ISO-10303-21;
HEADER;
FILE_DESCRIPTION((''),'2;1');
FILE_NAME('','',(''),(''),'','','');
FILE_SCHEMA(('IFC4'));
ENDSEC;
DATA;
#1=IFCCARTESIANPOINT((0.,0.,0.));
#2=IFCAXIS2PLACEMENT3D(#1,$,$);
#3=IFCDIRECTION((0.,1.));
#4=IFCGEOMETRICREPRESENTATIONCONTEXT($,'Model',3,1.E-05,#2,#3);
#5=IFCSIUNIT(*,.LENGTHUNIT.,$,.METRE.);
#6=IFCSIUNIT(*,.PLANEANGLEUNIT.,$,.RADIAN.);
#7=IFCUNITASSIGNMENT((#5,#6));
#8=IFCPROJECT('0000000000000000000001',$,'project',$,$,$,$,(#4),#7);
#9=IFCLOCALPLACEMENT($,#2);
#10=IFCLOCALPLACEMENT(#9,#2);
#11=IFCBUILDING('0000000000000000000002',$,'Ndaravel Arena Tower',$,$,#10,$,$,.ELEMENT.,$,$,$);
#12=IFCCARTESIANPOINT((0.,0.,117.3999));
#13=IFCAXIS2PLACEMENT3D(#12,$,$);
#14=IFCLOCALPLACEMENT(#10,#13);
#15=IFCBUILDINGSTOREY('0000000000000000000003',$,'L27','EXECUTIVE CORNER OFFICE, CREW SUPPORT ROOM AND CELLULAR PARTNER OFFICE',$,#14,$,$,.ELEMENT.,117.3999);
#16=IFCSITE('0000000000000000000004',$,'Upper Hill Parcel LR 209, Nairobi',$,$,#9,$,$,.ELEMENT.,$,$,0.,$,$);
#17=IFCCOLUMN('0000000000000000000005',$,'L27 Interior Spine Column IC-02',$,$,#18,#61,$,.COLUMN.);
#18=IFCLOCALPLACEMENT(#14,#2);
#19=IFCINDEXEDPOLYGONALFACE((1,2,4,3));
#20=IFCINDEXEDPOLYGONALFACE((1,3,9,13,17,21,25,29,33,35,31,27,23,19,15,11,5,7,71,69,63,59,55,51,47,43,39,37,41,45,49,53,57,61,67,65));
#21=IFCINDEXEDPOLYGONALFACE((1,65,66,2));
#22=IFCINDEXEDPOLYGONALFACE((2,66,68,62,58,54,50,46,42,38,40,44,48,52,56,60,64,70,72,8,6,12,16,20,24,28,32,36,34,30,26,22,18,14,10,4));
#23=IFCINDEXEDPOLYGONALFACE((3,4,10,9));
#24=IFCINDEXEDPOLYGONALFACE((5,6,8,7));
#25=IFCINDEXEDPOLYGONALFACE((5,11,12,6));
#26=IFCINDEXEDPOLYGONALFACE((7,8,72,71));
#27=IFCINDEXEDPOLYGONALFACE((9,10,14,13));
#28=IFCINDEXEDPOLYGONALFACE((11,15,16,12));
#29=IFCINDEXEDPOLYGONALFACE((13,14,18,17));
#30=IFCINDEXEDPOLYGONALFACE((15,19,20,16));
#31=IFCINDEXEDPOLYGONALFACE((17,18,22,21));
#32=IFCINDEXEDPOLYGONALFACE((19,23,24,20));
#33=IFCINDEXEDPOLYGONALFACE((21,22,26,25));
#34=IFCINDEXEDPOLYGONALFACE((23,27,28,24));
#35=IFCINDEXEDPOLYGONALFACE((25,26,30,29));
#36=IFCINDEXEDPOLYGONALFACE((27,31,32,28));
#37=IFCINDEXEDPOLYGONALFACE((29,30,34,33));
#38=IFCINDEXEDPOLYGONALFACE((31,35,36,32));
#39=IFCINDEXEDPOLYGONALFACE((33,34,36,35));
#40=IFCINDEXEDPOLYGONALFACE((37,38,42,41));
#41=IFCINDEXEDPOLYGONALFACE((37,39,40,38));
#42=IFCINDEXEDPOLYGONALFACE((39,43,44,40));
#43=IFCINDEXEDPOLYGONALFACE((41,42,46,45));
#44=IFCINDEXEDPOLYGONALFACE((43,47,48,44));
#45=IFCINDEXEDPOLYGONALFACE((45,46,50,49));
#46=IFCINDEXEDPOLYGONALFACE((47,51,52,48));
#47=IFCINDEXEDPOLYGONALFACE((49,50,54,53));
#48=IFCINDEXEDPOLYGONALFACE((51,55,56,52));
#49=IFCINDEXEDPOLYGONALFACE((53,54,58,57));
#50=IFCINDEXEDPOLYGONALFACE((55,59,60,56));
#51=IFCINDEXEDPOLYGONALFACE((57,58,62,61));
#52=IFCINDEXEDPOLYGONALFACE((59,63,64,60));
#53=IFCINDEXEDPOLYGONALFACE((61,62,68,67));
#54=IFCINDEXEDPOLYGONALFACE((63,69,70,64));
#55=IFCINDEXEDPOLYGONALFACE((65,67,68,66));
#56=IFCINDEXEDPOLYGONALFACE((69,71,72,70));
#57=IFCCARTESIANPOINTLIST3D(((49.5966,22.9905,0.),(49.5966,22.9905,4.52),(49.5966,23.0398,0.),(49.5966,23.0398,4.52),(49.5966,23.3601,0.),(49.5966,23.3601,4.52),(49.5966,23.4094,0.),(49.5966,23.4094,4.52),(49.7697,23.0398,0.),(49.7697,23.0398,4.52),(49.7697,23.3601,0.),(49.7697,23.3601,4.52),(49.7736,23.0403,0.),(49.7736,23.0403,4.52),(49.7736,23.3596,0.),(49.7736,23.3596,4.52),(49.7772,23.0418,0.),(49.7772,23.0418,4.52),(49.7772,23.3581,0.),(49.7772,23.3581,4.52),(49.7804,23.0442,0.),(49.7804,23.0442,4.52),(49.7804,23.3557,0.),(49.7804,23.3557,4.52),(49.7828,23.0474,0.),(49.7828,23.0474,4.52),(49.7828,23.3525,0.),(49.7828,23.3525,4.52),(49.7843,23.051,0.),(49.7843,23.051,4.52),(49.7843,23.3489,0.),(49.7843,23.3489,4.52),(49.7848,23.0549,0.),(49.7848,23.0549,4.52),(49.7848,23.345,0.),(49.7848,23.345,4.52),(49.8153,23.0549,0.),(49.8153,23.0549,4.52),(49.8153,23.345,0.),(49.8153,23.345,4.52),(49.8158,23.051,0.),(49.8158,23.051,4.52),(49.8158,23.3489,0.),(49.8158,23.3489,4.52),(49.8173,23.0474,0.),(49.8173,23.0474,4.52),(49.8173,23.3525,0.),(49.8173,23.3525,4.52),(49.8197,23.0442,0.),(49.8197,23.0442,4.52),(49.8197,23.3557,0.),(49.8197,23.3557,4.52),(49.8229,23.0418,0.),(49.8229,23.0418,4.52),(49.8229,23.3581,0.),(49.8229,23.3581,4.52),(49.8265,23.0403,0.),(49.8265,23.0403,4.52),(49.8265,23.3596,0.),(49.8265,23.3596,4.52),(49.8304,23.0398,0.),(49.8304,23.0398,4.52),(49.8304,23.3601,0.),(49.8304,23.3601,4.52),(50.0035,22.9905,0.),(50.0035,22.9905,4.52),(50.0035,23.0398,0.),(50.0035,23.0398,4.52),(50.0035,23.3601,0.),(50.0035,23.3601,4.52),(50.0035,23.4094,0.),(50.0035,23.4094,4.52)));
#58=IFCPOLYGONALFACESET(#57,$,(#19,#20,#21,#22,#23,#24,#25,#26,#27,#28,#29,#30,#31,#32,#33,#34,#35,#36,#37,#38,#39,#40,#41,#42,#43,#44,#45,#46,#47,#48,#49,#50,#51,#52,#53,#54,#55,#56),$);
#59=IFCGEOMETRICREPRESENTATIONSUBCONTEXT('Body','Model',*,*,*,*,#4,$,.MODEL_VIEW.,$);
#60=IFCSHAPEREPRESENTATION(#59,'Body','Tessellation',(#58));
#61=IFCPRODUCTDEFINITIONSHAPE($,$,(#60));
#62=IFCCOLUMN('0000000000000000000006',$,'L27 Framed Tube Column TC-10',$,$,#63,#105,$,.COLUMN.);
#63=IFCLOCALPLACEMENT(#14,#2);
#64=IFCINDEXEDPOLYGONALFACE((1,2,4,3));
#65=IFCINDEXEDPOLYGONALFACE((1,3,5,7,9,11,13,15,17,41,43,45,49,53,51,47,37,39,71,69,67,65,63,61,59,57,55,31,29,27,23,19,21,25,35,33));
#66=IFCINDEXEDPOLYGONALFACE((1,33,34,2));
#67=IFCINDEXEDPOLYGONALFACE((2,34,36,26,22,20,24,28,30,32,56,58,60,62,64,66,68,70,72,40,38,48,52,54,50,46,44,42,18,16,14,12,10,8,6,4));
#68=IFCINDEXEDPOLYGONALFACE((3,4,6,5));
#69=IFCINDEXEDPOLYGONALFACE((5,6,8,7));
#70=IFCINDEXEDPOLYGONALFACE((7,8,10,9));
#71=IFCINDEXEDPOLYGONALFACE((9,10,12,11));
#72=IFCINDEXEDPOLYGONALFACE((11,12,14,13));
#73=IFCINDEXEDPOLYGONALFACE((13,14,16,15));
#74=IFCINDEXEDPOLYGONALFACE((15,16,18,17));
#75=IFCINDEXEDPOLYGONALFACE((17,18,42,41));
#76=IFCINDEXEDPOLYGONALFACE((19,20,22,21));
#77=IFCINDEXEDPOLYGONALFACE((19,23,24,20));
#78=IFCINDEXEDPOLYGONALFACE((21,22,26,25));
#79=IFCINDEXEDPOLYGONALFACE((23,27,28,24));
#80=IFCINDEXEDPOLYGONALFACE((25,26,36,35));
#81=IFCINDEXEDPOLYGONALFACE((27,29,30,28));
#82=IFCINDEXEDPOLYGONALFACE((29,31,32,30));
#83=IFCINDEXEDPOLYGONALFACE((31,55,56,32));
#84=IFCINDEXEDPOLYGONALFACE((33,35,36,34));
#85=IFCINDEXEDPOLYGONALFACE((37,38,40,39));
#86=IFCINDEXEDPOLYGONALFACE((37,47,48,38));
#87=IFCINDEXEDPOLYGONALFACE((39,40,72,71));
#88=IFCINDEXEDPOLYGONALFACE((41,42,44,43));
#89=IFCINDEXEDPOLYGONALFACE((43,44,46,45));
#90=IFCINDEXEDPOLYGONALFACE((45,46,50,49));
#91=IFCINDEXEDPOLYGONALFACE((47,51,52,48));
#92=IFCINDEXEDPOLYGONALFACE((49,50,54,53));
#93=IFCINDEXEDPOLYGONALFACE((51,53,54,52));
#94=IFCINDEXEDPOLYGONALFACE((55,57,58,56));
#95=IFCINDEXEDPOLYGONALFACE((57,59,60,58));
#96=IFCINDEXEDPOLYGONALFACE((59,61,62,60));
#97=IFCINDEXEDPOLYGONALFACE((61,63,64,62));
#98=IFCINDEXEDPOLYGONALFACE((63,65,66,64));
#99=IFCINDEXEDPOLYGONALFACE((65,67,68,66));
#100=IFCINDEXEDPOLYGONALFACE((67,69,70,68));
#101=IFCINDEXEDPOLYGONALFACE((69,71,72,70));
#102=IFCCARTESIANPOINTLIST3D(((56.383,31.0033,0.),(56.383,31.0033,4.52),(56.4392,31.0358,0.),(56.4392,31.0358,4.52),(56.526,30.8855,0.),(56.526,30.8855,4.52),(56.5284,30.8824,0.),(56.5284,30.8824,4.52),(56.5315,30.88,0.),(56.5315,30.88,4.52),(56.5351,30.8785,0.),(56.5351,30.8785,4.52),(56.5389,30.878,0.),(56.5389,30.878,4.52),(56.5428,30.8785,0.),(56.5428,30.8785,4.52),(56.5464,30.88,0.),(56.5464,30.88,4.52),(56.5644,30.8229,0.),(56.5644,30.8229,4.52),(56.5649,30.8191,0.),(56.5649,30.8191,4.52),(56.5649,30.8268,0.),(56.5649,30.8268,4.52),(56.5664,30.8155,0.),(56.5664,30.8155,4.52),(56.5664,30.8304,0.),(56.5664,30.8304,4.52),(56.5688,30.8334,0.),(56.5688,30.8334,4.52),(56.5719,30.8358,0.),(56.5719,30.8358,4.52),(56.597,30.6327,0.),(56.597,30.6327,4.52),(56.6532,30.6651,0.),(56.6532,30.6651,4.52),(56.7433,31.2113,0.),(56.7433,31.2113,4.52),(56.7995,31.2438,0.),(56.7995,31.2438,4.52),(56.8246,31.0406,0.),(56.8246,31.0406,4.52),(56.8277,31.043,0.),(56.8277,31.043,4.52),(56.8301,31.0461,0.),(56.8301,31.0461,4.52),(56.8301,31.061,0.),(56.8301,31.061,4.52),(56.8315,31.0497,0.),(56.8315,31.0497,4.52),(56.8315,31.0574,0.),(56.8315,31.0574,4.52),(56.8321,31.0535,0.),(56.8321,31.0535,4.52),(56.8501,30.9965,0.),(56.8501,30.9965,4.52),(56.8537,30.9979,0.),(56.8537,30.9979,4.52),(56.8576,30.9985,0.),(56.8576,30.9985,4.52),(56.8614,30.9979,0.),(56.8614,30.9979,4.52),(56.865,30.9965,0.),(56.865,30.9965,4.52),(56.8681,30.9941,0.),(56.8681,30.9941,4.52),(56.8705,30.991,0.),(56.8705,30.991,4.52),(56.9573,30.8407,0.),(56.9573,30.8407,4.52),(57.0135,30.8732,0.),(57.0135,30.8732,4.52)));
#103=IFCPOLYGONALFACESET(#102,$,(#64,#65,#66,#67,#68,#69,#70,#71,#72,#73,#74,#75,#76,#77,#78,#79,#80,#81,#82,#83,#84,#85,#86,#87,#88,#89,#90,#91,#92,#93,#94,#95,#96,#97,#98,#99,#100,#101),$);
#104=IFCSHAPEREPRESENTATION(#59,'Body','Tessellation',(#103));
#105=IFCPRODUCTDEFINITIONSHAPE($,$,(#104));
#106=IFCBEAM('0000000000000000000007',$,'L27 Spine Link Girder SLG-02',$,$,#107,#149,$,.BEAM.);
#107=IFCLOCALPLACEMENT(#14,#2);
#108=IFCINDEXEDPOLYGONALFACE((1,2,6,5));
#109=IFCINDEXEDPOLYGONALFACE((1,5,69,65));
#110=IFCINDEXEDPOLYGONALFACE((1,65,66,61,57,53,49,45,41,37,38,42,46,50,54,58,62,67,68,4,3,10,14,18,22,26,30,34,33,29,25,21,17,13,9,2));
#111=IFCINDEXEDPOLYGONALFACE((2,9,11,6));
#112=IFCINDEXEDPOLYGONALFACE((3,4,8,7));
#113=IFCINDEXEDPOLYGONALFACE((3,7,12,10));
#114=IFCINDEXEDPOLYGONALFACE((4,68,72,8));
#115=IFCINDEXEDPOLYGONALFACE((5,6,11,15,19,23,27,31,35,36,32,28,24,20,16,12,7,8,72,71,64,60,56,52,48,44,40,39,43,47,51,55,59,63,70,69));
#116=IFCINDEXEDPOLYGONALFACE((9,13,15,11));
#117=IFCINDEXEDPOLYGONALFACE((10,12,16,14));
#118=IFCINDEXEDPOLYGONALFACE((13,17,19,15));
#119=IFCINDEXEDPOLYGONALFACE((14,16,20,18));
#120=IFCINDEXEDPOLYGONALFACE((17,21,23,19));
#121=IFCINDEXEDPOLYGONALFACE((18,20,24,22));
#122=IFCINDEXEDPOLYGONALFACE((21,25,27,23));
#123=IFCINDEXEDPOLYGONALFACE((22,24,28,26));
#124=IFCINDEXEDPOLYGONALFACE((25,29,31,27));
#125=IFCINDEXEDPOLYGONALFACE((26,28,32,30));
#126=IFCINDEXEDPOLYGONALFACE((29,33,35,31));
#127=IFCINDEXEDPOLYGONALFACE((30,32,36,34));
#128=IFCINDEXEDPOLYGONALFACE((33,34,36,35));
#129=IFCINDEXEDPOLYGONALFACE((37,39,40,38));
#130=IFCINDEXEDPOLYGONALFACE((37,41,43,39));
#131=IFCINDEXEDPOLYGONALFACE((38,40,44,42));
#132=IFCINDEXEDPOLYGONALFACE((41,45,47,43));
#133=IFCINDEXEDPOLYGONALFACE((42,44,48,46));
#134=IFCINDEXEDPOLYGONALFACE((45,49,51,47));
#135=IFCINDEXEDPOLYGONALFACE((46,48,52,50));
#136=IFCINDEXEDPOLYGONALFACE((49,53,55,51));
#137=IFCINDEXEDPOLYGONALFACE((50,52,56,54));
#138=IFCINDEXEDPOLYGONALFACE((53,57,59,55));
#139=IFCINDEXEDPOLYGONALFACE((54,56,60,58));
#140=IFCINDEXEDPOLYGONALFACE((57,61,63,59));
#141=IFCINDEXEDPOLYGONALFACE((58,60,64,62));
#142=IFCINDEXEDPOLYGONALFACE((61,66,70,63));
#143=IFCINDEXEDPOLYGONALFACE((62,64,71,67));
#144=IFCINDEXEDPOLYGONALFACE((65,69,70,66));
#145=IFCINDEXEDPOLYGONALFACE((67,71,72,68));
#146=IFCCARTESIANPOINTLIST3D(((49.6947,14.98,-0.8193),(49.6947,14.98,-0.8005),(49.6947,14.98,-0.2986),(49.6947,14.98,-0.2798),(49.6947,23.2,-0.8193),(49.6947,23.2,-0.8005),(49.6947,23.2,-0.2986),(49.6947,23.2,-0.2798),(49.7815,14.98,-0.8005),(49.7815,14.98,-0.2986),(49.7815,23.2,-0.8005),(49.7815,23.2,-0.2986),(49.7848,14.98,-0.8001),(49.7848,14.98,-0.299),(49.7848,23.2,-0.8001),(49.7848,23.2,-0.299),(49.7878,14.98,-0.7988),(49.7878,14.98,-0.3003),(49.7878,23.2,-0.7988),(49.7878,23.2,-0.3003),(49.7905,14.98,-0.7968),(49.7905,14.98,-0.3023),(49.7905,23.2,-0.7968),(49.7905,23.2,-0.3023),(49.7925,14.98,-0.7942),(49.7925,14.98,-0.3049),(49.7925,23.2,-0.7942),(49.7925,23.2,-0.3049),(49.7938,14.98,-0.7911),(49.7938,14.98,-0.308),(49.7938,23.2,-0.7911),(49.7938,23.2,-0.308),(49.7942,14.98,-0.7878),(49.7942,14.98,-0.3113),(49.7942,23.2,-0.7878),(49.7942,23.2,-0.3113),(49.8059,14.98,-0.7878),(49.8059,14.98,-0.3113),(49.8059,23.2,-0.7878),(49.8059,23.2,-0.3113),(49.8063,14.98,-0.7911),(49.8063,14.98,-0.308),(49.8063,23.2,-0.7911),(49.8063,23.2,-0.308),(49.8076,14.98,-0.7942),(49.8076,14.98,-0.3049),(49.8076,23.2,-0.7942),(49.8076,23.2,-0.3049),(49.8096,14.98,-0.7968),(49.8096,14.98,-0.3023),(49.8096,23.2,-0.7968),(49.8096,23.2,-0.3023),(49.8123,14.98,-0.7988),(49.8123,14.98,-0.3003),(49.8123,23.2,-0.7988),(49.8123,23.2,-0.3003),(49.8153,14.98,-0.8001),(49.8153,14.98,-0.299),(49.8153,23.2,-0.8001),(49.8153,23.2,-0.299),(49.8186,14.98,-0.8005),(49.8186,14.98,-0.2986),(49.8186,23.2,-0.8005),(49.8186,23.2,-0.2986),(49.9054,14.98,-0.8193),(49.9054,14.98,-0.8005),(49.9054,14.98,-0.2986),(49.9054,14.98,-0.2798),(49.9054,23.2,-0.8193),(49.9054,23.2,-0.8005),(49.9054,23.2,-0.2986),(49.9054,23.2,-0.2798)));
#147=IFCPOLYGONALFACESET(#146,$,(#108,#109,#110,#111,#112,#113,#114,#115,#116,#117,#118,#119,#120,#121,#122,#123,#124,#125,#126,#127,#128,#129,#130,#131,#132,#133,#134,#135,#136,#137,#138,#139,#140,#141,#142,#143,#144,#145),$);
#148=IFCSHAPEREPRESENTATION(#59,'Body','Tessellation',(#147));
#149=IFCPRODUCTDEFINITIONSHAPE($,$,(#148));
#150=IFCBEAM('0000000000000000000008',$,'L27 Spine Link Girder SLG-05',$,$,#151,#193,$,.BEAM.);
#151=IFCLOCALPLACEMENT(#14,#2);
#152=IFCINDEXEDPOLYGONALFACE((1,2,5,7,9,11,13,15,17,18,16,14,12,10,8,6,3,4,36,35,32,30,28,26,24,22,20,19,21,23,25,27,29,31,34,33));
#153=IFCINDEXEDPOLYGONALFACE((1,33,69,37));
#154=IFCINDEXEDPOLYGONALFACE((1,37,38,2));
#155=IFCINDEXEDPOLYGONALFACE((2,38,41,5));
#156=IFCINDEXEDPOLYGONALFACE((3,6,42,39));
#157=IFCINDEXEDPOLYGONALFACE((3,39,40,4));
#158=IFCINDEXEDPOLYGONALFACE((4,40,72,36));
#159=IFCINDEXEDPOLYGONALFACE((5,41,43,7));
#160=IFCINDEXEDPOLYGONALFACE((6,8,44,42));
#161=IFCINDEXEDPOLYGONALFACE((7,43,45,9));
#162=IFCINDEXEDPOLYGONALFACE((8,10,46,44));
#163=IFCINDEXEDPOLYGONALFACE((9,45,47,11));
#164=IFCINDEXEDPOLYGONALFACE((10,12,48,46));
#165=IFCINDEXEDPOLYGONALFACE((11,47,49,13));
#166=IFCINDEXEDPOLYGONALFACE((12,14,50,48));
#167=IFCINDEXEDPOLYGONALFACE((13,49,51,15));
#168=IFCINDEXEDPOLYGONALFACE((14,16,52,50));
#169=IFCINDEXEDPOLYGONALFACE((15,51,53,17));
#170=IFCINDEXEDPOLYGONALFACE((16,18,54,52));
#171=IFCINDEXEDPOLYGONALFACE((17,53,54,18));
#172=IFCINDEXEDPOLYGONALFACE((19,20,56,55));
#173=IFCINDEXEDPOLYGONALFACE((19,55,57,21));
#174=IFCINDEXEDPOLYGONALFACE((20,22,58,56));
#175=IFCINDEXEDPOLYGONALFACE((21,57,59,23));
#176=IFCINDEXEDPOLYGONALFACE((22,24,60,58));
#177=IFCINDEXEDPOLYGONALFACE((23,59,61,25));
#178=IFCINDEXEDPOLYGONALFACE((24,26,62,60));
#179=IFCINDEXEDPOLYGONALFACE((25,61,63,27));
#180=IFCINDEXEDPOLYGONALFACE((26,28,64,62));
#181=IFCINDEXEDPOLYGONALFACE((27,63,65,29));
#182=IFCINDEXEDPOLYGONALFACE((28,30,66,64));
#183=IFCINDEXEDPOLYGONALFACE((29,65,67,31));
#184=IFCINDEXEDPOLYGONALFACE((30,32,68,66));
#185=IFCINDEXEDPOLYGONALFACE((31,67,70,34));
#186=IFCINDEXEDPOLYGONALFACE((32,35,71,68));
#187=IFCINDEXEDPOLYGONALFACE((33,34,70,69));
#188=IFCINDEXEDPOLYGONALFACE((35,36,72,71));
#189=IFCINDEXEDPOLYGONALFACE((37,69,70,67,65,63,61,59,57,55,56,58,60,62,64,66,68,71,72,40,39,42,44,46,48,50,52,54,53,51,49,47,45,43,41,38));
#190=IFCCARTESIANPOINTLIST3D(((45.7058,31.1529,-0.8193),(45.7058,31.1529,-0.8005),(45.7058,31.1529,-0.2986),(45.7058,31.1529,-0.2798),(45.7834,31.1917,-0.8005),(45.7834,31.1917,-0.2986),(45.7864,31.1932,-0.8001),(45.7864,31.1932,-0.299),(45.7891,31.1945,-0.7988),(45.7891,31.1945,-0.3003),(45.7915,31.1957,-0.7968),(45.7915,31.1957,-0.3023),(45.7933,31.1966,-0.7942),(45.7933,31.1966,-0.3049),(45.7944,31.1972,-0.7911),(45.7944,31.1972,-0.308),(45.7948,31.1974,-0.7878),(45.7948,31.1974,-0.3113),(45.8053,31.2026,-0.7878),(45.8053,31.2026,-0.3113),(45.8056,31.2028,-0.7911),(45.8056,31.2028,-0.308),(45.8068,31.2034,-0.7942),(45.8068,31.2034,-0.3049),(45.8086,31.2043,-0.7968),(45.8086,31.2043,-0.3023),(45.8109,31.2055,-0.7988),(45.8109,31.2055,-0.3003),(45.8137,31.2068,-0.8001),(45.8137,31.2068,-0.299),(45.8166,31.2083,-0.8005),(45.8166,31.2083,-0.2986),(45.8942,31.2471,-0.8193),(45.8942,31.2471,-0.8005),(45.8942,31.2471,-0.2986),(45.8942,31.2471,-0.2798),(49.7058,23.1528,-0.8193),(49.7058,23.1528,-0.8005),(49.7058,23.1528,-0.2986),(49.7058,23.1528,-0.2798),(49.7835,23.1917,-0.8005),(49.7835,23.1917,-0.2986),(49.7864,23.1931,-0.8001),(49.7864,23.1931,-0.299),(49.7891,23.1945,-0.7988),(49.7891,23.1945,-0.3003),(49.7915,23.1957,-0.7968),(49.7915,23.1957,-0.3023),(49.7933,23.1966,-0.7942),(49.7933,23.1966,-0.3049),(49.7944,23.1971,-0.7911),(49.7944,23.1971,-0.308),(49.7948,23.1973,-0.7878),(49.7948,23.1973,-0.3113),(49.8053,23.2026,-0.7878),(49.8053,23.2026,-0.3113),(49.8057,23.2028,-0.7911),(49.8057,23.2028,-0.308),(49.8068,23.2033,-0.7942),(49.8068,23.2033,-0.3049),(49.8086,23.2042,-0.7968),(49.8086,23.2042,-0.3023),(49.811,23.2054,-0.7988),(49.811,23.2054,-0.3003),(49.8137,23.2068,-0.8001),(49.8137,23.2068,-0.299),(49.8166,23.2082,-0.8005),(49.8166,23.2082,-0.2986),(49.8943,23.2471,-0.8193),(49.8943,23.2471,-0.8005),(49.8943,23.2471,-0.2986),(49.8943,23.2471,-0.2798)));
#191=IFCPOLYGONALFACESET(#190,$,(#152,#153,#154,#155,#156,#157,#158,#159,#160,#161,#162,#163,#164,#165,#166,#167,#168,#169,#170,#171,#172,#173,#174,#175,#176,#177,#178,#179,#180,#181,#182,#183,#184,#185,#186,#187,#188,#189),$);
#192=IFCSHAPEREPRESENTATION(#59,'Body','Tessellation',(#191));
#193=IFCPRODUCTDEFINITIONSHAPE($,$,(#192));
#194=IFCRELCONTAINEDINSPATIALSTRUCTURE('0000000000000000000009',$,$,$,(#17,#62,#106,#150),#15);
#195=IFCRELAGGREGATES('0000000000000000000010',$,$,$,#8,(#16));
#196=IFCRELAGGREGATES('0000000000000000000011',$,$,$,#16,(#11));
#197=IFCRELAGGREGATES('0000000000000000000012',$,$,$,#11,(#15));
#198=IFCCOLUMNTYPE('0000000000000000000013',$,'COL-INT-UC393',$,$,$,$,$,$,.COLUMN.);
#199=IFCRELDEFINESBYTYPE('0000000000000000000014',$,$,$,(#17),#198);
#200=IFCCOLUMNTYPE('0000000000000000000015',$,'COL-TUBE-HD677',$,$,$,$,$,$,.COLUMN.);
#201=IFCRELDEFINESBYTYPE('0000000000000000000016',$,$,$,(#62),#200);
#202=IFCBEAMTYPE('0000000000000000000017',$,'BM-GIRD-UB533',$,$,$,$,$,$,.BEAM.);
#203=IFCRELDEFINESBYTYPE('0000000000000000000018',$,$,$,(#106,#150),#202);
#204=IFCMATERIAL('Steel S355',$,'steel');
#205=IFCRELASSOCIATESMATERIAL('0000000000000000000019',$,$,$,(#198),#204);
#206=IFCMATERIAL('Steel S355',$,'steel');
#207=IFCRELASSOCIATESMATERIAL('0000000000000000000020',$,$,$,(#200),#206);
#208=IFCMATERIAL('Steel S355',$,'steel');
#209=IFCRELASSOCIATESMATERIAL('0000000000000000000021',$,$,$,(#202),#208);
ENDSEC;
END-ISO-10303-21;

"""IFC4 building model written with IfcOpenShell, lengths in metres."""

from ifc_helpers import new_model, si_unit, direction, frame, origin, origin_2d, place, context, subcontext, project, spatial, i_section, extrude, material, material_profile, profile_set, type_object, element, save


model = new_model("IFC4")

# Units and contexts
model_context = context("Model", 3, precision=1e-05, world=origin(), true_north=direction((0.0, 1.0)))
body_context = subcontext(model_context, "Body", "Model", "MODEL_VIEW")
ifc_project = project(units=[si_unit("LENGTHUNIT", "METRE"), si_unit("PLANEANGLEUNIT", "RADIAN")], contexts=[model_context])

# Site, building, storey
site_placement = place(None, origin())
site = spatial("IfcSite", under=ifc_project, at=site_placement, Name="Upper Hill Parcel LR 209, Nairobi", CompositionType="ELEMENT", RefElevation=0.0)
building_placement = place(site_placement, origin())
building = spatial("IfcBuilding", under=site, at=building_placement, Name="Ndaravel Arena Tower", CompositionType="ELEMENT")
storey_placement = place(building_placement, frame((0.0, 0.0, 117.3999)))
storey = spatial("IfcBuildingStorey", under=building, at=storey_placement, Name="L27", Description="EXECUTIVE CORNER OFFICE, CREW SUPPORT ROOM AND CELLULAR PARTNER OFFICE", CompositionType="ELEMENT", Elevation=117.3999)

# Columns
ifc_material_1 = material(Name="Steel S355", Category="steel")
ifc_material_profile_1 = material_profile(ifc_material_1, i_section(OverallWidth=0.407, OverallDepth=0.4189, WebThickness=0.0305, FlangeThickness=0.0493, FilletRadius=0.0151, at=origin_2d()), Name="UC 356x406x393")
ifc_profile_set_1 = profile_set([ifc_material_profile_1], Name="Steel S355")
column_type_1 = type_object("IfcColumnType", Name="COL-INT-UC393", PredefinedType="COLUMN", material=ifc_profile_set_1)
column_1_placement = place(storey_placement, frame((49.8, 23.2, 0.0), z_axis=(0.0, 0.0, 1.0), x_axis=(1.0, 0.0, 0.0)))
element("IfcColumn", 1, at=column_1_placement, inside=storey, type_object=column_type_1, Name="L27 Interior Spine Column IC-02", PredefinedType="COLUMN", context=body_context, shape_type="SweptSolid", body=[
    extrude(i_section(OverallWidth=0.407, OverallDepth=0.4189, WebThickness=0.0305, FlangeThickness=0.0493, FilletRadius=0.0151, at=origin_2d()), origin(), (0.0, 0.0, 1.0), 4.52),
])
ifc_material_2 = material(Name="Steel S355", Category="steel")
ifc_material_profile_2 = material_profile(ifc_material_2, i_section(OverallWidth=0.428, OverallDepth=0.481, WebThickness=0.051, FlangeThickness=0.0649, FilletRadius=0.0149, at=origin_2d()), Name="HD 400x677")
ifc_profile_set_2 = profile_set([ifc_material_profile_2], Name="Steel S355")
column_type_2 = type_object("IfcColumnType", Name="COL-TUBE-HD677", PredefinedType="COLUMN", material=ifc_profile_set_2)
column_2_placement = place(storey_placement, frame((56.6982, 30.9382, 0.0), z_axis=(0.0, 0.0, 1.0), x_axis=(-0.5, 0.866025, 0.0)))
element("IfcColumn", 2, at=column_2_placement, inside=storey, type_object=column_type_2, Name="L27 Framed Tube Column TC-10", PredefinedType="COLUMN", context=body_context, shape_type="SweptSolid", body=[
    extrude(i_section(OverallWidth=0.428, OverallDepth=0.481, WebThickness=0.051, FlangeThickness=0.0649, FilletRadius=0.0149, at=origin_2d()), origin(), (0.0, 0.0, 1.0), 4.52),
])

# Beams
ifc_material_3 = material(Name="Steel S355", Category="steel")
ifc_material_profile_3 = material_profile(ifc_material_3, i_section(OverallWidth=0.2107, OverallDepth=0.5396, WebThickness=0.0117, FlangeThickness=0.0188, FilletRadius=0.0127, at=origin_2d()), Name="UB 533x210x109")
ifc_profile_set_3 = profile_set([ifc_material_profile_3], Name="Steel S355")
beam_type_1 = type_object("IfcBeamType", Name="BM-GIRD-UB533", PredefinedType="BEAM", material=ifc_profile_set_3)
beam_1_placement = place(storey_placement, frame((49.8, 14.98, -0.5496), z_axis=(0.0, 1.0, 0.0), x_axis=(-1.0, 0.0, 0.0)))
element("IfcBeam", 3, at=beam_1_placement, inside=storey, type_object=beam_type_1, Name="L27 Spine Link Girder SLG-02", PredefinedType="BEAM", context=body_context, shape_type="SweptSolid", body=[
    extrude(i_section(OverallWidth=0.2107, OverallDepth=0.5396, WebThickness=0.0117, FlangeThickness=0.0188, FilletRadius=0.0127, at=origin_2d()), origin(), (0.0, 0.0, 1.0), 8.22),
])
beam_2_placement = place(storey_placement, frame((49.8, 23.2, -0.5496), z_axis=(-0.447214, 0.894427, 0.0), x_axis=(-0.894427, -0.447214, 0.0)))
element("IfcBeam", 4, at=beam_2_placement, inside=storey, type_object=beam_type_1, Name="L27 Spine Link Girder SLG-05", PredefinedType="BEAM", context=body_context, shape_type="SweptSolid", body=[
    extrude(i_section(OverallWidth=0.2107, OverallDepth=0.5396, WebThickness=0.0117, FlangeThickness=0.0188, FilletRadius=0.0127, at=origin_2d()), origin(), (0.0, 0.0, 1.0), 8.9443),
])

save(model, "model.ifc")
